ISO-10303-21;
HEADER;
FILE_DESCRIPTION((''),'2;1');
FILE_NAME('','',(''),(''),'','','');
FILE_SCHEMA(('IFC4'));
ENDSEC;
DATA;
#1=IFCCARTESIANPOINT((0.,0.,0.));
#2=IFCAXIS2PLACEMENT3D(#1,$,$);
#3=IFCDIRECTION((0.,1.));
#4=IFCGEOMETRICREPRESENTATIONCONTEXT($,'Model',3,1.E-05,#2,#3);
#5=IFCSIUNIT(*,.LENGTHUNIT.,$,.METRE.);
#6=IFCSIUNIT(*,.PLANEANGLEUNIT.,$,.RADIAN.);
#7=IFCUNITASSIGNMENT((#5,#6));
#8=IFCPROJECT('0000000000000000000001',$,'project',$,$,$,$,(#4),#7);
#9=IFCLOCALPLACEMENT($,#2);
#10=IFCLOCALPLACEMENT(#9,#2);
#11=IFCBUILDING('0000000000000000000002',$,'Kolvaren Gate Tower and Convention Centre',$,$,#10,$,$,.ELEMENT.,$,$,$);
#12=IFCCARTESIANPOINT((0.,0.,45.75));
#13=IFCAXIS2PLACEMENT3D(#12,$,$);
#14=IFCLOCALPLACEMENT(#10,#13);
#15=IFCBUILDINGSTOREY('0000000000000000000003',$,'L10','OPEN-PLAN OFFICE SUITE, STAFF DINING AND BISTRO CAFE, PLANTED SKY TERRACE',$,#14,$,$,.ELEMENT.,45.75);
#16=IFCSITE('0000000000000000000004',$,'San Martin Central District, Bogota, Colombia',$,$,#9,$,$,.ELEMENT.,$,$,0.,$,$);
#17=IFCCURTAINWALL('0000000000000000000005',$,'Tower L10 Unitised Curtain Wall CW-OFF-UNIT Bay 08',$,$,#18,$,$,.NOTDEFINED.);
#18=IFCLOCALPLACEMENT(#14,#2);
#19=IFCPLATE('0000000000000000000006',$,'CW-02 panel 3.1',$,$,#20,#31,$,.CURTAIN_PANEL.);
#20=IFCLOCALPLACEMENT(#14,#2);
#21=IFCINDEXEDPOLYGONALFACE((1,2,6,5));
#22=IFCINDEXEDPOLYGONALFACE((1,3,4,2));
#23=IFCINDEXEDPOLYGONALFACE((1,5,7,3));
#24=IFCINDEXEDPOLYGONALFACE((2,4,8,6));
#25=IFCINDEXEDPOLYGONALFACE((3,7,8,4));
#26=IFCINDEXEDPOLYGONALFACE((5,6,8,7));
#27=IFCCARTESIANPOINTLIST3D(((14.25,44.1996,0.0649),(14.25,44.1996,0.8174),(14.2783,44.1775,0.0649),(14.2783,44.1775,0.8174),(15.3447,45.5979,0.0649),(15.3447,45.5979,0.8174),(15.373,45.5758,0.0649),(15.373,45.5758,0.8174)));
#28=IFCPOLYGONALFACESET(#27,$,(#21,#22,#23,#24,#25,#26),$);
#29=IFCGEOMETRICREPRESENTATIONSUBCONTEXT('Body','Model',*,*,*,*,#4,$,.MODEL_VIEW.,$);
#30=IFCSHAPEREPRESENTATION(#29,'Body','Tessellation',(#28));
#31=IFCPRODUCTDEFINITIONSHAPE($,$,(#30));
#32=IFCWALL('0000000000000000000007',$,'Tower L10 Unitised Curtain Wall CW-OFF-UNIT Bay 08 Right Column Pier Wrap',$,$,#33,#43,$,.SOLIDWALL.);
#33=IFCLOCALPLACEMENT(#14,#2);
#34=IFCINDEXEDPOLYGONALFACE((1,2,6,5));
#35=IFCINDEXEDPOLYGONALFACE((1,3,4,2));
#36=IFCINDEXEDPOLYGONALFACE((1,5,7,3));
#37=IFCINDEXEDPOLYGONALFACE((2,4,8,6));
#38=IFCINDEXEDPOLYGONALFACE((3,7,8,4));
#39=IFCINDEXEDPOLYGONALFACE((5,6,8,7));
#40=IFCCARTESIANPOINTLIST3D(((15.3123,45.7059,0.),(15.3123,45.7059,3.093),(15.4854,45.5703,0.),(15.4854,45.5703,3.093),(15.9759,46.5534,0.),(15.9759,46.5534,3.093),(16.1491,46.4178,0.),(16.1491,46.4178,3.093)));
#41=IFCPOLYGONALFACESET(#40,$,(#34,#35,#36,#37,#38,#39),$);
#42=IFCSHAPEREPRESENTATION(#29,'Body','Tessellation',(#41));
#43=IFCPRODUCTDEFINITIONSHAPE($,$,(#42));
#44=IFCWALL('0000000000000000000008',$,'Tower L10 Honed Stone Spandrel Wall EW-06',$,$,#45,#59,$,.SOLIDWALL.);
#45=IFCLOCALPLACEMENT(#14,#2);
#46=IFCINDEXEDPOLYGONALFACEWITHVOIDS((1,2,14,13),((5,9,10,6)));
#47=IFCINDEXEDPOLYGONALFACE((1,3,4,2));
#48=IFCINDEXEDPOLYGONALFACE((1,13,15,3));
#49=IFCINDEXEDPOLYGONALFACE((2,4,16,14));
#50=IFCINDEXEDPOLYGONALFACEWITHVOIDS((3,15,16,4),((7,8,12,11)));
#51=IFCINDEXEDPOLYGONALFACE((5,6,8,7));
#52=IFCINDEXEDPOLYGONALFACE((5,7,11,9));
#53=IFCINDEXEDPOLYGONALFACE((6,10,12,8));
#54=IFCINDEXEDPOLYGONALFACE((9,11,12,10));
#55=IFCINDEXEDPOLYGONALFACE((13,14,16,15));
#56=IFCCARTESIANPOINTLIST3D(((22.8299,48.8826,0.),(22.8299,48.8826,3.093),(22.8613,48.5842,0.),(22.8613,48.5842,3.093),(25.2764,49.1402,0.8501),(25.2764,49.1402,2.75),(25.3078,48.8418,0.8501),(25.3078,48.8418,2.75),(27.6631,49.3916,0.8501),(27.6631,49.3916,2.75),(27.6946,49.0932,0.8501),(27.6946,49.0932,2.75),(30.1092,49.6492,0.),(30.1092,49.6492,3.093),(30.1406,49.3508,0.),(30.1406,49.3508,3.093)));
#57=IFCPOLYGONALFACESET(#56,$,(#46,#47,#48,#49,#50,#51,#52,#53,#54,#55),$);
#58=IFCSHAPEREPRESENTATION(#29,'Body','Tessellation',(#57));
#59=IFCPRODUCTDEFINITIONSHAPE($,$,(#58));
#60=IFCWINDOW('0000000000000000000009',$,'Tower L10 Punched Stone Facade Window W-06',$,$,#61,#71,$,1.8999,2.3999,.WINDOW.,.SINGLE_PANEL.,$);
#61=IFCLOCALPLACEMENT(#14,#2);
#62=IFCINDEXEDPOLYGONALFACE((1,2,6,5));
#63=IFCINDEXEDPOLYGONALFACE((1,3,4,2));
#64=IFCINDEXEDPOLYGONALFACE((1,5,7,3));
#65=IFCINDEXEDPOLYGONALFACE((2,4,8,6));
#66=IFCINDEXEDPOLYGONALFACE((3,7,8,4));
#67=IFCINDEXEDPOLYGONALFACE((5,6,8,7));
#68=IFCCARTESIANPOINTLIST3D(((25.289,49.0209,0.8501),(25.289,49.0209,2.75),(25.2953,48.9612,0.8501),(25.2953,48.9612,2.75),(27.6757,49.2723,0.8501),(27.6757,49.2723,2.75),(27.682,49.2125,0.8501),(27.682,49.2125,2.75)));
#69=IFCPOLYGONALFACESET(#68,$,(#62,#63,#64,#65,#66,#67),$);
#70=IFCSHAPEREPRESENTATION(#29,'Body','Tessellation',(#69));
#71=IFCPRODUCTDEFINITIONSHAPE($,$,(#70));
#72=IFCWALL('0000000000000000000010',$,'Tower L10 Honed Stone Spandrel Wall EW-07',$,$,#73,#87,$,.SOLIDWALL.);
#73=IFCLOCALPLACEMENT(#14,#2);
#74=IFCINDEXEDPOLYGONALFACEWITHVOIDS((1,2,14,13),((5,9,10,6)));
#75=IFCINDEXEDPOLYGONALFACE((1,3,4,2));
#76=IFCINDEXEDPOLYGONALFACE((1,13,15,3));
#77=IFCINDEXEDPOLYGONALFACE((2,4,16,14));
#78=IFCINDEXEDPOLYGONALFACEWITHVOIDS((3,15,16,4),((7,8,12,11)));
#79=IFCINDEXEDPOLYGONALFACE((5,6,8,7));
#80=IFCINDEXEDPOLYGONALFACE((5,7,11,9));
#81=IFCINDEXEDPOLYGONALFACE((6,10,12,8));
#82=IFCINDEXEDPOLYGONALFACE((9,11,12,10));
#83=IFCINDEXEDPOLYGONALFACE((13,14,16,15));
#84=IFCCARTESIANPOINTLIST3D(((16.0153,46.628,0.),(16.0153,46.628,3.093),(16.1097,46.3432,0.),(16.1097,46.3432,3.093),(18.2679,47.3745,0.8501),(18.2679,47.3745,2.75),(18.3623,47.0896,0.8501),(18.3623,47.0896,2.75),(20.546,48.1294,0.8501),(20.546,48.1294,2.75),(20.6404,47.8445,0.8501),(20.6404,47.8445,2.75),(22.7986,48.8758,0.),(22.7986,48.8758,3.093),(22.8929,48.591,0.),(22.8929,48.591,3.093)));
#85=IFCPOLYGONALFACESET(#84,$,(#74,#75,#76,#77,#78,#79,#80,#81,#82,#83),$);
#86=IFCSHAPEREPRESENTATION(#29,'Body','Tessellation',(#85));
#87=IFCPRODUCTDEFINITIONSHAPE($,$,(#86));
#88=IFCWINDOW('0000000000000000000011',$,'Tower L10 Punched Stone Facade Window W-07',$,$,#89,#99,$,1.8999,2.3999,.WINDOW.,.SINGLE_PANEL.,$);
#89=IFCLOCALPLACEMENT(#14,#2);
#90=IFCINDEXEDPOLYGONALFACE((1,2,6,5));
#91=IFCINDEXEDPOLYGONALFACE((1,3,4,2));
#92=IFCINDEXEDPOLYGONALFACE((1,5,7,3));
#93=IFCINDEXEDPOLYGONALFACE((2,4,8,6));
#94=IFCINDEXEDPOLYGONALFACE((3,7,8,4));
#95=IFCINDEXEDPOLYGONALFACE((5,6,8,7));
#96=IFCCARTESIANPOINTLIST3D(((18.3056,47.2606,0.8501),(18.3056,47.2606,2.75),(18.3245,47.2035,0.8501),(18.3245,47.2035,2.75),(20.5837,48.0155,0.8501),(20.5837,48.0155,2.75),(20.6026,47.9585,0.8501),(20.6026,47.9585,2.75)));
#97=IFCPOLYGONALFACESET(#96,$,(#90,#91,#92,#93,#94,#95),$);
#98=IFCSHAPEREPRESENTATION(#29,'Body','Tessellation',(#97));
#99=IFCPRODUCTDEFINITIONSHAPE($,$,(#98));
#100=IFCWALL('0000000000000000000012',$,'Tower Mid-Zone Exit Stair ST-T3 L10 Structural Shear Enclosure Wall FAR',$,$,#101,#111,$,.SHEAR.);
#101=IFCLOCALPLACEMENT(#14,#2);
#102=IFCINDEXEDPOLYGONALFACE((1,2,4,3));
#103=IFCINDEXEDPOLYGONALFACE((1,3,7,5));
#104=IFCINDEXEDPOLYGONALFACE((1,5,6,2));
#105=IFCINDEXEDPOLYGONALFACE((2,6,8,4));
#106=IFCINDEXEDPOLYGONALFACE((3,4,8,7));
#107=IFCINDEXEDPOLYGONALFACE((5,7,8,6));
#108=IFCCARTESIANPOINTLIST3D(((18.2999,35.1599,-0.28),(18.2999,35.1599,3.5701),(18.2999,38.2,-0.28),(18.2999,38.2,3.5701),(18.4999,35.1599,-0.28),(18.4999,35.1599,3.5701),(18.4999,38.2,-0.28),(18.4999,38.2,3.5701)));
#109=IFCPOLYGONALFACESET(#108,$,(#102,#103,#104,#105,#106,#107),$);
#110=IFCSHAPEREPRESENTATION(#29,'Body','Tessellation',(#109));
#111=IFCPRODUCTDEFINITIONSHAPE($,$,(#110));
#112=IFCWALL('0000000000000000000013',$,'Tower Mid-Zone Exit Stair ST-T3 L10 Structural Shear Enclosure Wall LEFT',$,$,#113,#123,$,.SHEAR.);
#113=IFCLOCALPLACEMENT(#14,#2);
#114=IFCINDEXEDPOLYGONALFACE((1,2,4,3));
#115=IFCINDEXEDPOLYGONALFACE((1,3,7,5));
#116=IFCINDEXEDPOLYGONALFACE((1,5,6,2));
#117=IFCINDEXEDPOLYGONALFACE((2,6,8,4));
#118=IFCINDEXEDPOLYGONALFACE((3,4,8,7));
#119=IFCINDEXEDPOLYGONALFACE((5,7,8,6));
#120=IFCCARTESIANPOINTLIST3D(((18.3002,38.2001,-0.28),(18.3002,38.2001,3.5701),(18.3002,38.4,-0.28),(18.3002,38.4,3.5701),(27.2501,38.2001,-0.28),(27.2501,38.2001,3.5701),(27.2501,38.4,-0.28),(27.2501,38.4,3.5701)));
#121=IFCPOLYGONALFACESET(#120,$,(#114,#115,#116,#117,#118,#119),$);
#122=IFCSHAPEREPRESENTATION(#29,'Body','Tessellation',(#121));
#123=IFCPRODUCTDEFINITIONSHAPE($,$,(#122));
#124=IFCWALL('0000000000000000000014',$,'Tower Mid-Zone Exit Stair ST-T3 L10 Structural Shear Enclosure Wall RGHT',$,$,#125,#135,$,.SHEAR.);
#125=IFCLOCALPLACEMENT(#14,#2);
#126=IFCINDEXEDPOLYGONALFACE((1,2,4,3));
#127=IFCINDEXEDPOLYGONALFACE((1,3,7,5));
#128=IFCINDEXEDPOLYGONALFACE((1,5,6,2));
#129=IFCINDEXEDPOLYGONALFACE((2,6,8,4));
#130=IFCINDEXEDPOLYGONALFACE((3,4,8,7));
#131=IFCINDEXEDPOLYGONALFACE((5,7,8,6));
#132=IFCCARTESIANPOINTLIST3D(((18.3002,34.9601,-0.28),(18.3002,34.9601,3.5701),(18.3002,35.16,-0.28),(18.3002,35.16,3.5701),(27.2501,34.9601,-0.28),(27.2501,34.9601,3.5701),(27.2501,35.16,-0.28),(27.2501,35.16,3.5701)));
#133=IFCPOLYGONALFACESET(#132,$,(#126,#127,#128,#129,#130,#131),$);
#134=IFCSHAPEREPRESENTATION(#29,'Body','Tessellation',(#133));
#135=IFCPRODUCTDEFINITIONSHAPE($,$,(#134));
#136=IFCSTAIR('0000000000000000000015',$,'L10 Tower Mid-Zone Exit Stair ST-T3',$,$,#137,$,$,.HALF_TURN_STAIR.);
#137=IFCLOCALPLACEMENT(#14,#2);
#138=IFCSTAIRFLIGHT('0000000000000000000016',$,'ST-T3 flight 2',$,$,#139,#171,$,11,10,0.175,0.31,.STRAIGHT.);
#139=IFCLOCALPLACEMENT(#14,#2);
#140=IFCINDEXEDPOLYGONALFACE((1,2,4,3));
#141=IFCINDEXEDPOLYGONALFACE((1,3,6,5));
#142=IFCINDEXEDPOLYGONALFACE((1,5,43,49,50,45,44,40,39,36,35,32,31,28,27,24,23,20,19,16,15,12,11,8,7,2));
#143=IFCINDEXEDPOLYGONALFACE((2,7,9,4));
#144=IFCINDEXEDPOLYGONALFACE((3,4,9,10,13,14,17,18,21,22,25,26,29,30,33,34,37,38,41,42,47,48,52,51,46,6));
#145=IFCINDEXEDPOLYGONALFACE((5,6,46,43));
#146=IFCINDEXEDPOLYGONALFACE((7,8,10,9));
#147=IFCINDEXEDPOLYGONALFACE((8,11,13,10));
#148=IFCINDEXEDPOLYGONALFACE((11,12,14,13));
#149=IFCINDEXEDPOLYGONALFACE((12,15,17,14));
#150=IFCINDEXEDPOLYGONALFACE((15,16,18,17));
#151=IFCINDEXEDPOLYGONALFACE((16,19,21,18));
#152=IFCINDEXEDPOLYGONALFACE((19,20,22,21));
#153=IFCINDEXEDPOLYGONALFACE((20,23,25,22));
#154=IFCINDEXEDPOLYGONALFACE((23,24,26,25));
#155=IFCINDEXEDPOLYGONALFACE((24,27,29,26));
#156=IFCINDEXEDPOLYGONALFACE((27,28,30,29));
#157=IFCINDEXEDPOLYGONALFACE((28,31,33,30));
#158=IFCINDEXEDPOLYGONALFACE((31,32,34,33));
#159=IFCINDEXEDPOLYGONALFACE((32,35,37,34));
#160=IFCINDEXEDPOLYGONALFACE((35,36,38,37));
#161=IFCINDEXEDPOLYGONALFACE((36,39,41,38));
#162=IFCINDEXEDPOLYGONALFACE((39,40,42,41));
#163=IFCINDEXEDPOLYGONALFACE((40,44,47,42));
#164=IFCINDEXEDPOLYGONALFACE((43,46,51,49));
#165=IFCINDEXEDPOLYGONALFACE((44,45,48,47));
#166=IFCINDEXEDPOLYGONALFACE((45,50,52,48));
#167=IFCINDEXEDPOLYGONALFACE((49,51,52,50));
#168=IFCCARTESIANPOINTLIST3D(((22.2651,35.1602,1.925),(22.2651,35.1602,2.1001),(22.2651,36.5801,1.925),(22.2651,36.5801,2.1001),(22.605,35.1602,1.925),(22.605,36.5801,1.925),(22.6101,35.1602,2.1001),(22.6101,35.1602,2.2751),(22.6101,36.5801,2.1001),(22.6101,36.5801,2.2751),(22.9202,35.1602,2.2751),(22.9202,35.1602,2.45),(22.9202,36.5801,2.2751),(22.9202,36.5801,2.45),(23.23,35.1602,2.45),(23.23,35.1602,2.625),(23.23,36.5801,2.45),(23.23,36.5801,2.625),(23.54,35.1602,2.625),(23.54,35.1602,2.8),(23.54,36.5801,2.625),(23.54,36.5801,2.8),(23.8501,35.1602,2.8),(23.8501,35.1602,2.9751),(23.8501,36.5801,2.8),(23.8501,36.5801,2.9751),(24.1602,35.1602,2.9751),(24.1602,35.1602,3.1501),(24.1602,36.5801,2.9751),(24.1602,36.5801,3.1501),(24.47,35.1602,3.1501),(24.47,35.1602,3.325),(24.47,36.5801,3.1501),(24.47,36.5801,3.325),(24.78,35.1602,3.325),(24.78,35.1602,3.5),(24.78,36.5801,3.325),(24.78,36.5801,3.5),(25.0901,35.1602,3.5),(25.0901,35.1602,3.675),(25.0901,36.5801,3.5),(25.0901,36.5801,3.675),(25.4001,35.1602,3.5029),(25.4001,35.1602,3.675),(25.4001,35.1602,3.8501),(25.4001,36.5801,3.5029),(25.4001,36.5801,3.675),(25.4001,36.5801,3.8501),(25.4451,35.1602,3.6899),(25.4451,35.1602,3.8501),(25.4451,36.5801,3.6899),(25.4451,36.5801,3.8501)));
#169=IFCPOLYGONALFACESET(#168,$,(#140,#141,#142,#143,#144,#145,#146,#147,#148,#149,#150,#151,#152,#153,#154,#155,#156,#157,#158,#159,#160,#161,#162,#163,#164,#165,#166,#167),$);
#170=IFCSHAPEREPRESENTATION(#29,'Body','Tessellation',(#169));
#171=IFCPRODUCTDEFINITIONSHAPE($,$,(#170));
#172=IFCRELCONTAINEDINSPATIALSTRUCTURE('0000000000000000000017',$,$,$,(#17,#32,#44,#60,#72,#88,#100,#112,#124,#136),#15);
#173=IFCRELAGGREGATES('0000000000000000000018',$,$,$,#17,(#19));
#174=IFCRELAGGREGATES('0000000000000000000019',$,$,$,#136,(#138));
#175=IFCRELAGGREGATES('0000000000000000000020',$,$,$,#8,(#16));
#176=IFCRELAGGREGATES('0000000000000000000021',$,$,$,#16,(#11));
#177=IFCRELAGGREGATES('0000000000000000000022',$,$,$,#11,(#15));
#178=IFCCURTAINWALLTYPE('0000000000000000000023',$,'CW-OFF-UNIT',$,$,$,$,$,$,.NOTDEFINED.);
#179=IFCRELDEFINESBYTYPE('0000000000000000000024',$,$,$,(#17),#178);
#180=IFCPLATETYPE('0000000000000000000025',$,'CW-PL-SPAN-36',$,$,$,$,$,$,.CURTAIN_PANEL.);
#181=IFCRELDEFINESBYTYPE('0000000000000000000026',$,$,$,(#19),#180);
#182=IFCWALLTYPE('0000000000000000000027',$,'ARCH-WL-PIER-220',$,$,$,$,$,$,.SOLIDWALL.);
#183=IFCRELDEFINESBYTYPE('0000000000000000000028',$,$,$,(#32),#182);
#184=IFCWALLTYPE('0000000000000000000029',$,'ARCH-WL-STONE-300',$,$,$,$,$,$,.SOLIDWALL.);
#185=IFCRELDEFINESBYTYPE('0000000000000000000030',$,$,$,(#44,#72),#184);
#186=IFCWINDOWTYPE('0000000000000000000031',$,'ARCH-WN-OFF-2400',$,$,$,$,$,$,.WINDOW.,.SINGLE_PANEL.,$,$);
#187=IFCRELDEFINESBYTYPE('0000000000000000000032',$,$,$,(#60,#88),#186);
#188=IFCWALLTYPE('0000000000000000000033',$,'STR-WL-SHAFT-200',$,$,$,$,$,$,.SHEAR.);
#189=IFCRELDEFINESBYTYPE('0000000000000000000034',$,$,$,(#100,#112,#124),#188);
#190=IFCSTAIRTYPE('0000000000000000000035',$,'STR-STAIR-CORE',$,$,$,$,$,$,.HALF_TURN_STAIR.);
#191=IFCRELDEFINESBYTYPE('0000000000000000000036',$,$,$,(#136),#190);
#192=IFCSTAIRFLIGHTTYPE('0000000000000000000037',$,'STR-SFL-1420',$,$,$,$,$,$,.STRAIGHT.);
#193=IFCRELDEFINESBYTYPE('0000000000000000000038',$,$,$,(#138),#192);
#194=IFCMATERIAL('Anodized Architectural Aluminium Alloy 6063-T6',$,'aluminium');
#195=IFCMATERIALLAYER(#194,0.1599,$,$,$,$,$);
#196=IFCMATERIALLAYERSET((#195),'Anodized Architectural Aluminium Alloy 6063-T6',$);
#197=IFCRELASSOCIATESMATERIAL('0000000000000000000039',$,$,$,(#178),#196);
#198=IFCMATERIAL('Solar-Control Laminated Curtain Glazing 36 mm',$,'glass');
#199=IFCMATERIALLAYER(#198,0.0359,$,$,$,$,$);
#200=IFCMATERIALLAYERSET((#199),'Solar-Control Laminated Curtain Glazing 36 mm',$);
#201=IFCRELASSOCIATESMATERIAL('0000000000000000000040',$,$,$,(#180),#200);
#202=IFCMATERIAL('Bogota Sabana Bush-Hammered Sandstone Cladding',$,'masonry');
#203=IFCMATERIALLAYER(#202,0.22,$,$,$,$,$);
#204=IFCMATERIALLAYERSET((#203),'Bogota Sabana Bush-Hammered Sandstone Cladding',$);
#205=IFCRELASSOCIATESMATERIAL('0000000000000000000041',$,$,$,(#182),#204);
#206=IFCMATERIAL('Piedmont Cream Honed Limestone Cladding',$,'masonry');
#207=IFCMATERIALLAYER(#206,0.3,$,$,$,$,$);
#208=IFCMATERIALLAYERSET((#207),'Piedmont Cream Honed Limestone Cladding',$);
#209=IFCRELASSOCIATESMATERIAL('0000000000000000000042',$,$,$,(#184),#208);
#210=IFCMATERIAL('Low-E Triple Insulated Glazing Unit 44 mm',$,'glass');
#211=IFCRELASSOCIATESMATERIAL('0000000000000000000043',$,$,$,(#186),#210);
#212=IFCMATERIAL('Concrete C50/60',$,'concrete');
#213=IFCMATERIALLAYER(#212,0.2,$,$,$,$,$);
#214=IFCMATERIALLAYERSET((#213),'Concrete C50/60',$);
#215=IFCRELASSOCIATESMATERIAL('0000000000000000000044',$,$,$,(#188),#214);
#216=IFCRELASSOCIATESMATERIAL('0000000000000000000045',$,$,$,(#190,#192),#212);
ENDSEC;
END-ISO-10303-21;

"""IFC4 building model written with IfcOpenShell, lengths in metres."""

from ifc_helpers import new_model, si_unit, direction, frame, frame_2d, origin, origin_2d, place, context, subcontext, project, spatial, polyline, rectangle, outline, extrude, material, layer, layer_set, type_object, element, fill, aggregate, save


model = new_model("IFC4")

# Units and contexts
model_context = context("Model", 3, precision=1e-05, world=origin(), true_north=direction((0.0, 1.0)))
body_context = subcontext(model_context, "Body", "Model", "MODEL_VIEW")
ifc_project = project(units=[si_unit("LENGTHUNIT", "METRE"), si_unit("PLANEANGLEUNIT", "RADIAN")], contexts=[model_context])

# Site, building, storey
site_placement = place(None, origin())
site = spatial("IfcSite", under=ifc_project, at=site_placement, Name="San Martin Central District, Bogota, Colombia", CompositionType="ELEMENT", RefElevation=0.0)
building_placement = place(site_placement, origin())
building = spatial("IfcBuilding", under=site, at=building_placement, Name="Kolvaren Gate Tower and Convention Centre", CompositionType="ELEMENT")
storey_placement = place(building_placement, frame((0.0, 0.0, 45.75)))
storey = spatial("IfcBuildingStorey", under=building, at=storey_placement, Name="L10", Description="OPEN-PLAN OFFICE SUITE, STAFF DINING AND BISTRO CAFE, PLANTED SKY TERRACE", CompositionType="ELEMENT", Elevation=45.75)

# Curtain wall
ifc_material_1 = material(Name="Anodized Architectural Aluminium Alloy 6063-T6", Category="aluminium")
ifc_layer_1 = layer(ifc_material_1, 0.1599)
ifc_layer_set_1 = layer_set([ifc_layer_1], Name="Anodized Architectural Aluminium Alloy 6063-T6")
curtain_wall_type = type_object("IfcCurtainWallType", Name="CW-OFF-UNIT", PredefinedType="NOTDEFINED", material=ifc_layer_set_1)
curtain_wall_placement = place(storey_placement, origin())
curtain_wall = element("IfcCurtainWall", 1, at=curtain_wall_placement, inside=storey, type_object=curtain_wall_type, Name="Tower L10 Unitised Curtain Wall CW-OFF-UNIT Bay 08", PredefinedType="NOTDEFINED")

# Plate
ifc_material_2 = material(Name="Low-E Triple Insulated Glazing Unit 44 mm", Category="glass")
ifc_material_3 = material(Name="Solar-Control Laminated Curtain Glazing 36 mm", Category="glass")
ifc_layer_2 = layer(ifc_material_3, 0.0359)
ifc_layer_set_2 = layer_set([ifc_layer_2], Name="Solar-Control Laminated Curtain Glazing 36 mm")
plate_type_1 = type_object("IfcPlateType", Name="CW-PL-SPAN-36", PredefinedType="CURTAIN_PANEL", material=ifc_layer_set_2)
plate_1_placement = place(storey_placement, frame((14.8115, 44.8877, 0.0649), z_axis=(0.0, 0.0, 1.0), x_axis=(0.616421, 0.787417, 0.0)))
plate_1 = element("IfcPlate", 2, at=plate_1_placement, type_object=plate_type_1, Name="CW-02 panel 3.1", PredefinedType="CURTAIN_PANEL", context=body_context, shape_type="SweptSolid", body=[
    extrude(rectangle(XDim=1.7759, YDim=0.0359, at=origin_2d()), origin(), (0.0, 0.0, 1.0), 0.7524),
])
aggregate(curtain_wall, [plate_1])

# Wall
ifc_material_4 = material(Name="Bogota Sabana Bush-Hammered Sandstone Cladding", Category="masonry")
ifc_layer_3 = layer(ifc_material_4, 0.22)
ifc_layer_set_3 = layer_set([ifc_layer_3], Name="Bogota Sabana Bush-Hammered Sandstone Cladding")
wall_type_1 = type_object("IfcWallType", Name="ARCH-WL-PIER-220", PredefinedType="SOLIDWALL", material=ifc_layer_set_3)
wall_1_placement = place(storey_placement, frame((15.3989, 45.6382, 0.0), z_axis=(0.0, 0.0, 1.0), x_axis=(0.616528, 0.787333, 0.0)))
element("IfcWall", 3, at=wall_1_placement, inside=storey, type_object=wall_type_1, Name="Tower L10 Unitised Curtain Wall CW-OFF-UNIT Bay 08 Right Column Pier Wrap", PredefinedType="SOLIDWALL", context=body_context, shape_type="SweptSolid", body=[
    extrude(rectangle(XDim=1.0764, YDim=0.22, at=frame_2d((0.5381, 0.0))), origin(), (0.0, 0.0, 1.0), 3.093),
])

# Walls, openings, windows
ifc_material_5 = material(Name="Piedmont Cream Honed Limestone Cladding", Category="masonry")
ifc_layer_4 = layer(ifc_material_5, 0.3)
ifc_layer_set_4 = layer_set([ifc_layer_4], Name="Piedmont Cream Honed Limestone Cladding")
wall_type_2 = type_object("IfcWallType", Name="ARCH-WL-STONE-300", PredefinedType="SOLIDWALL", material=ifc_layer_set_4)
wall_2_placement = place(storey_placement, frame((22.8457, 48.7334, 0.0), z_axis=(0.0, 0.0, 1.0), x_axis=(0.9945, 0.104733, 0.0)))
wall_2 = element("IfcWall", 4, at=wall_2_placement, inside=storey, type_object=wall_type_2, Name="Tower L10 Honed Stone Spandrel Wall EW-06", PredefinedType="SOLIDWALL", context=body_context, shape_type="SweptSolid", body=[
    extrude(rectangle(XDim=7.3196, YDim=0.3, at=frame_2d((3.6597, 0.0))), origin(), (0.0, 0.0, 1.0), 3.093),
])
opening_1_placement = place(wall_2_placement, frame((2.46, 0.0, 0.8501)))
opening_1 = element("IfcOpeningElement", 5, at=opening_1_placement, cuts=wall_2, PredefinedType="OPENING", context=body_context, shape_type="SweptSolid", body=[
    extrude(rectangle(XDim=2.3999, YDim=1.8999, at=frame_2d((1.2, 0.95))), frame((0.0, 0.1599, 0.0), z_axis=(0.0, -1.0, 0.0), x_axis=(1.0, 0.0, 0.0)), (0.0, 0.0, 1.0), 0.3201),
])
window_type = type_object("IfcWindowType", Name="ARCH-WN-OFF-2400", PartitioningType="SINGLE_PANEL", PredefinedType="WINDOW", material=ifc_material_2)
window_1_placement = place(opening_1_placement, origin())
window_1 = element("IfcWindow", 6, at=window_1_placement, inside=storey, type_object=window_type, Name="Tower L10 Punched Stone Facade Window W-06", OverallHeight=1.8999, OverallWidth=2.3999, PartitioningType="SINGLE_PANEL", PredefinedType="WINDOW", context=body_context, shape_type="SweptSolid", body=[
    extrude(rectangle(XDim=2.3999, YDim=1.8999, at=frame_2d((1.2, 0.95))), frame((0.0, 0.03, 0.0), z_axis=(0.0, -1.0, 0.0), x_axis=(1.0, 0.0, 0.0)), (0.0, 0.0, 1.0), 0.0601),
])
fill(opening_1, window_1)
wall_3_placement = place(storey_placement, frame((16.0625, 46.4856, 0.0), z_axis=(0.0, 0.0, 1.0), x_axis=(0.949239, 0.314557, 0.0)))
wall_3 = element("IfcWall", 7, at=wall_3_placement, inside=storey, type_object=wall_type_2, Name="Tower L10 Honed Stone Spandrel Wall EW-07", PredefinedType="SOLIDWALL", context=body_context, shape_type="SweptSolid", body=[
    extrude(rectangle(XDim=7.146, YDim=0.3, at=frame_2d((3.573, 0.0))), origin(), (0.0, 0.0, 1.0), 3.093),
])
opening_2_placement = place(wall_3_placement, frame((2.373, 0.0, 0.8501)))
opening_2 = element("IfcOpeningElement", 8, at=opening_2_placement, cuts=wall_3, PredefinedType="OPENING", context=body_context, shape_type="SweptSolid", body=[
    extrude(rectangle(XDim=2.3999, YDim=1.8999, at=frame_2d((1.2, 0.95))), frame((0.0, 0.1599, 0.0), z_axis=(0.0, -1.0, 0.0), x_axis=(1.0, 0.0, 0.0)), (0.0, 0.0, 1.0), 0.3201),
])
window_2_placement = place(opening_2_placement, origin())
window_2 = element("IfcWindow", 9, at=window_2_placement, inside=storey, type_object=window_type, Name="Tower L10 Punched Stone Facade Window W-07", OverallHeight=1.8999, OverallWidth=2.3999, PartitioningType="SINGLE_PANEL", PredefinedType="WINDOW", context=body_context, shape_type="SweptSolid", body=[
    extrude(rectangle(XDim=2.3999, YDim=1.8999, at=frame_2d((1.2, 0.95))), frame((0.0, 0.03, 0.0), z_axis=(0.0, -1.0, 0.0), x_axis=(1.0, 0.0, 0.0)), (0.0, 0.0, 1.0), 0.0601),
])
fill(opening_2, window_2)

# Walls
ifc_material_6 = material(Name="Concrete C50/60", Category="concrete")
ifc_layer_5 = layer(ifc_material_6, 0.2)
ifc_layer_set_5 = layer_set([ifc_layer_5], Name="Concrete C50/60")
wall_type_3 = type_object("IfcWallType", Name="STR-WL-SHAFT-200", PredefinedType="SHEAR", material=ifc_layer_set_5)
wall_4_placement = place(storey_placement, frame((18.3999, 35.1599, -0.28), z_axis=(0.0, 0.0, 1.0), x_axis=(0.0, 1.0, 0.0)))
element("IfcWall", 10, at=wall_4_placement, inside=storey, type_object=wall_type_3, Name="Tower Mid-Zone Exit Stair ST-T3 L10 Structural Shear Enclosure Wall FAR", PredefinedType="SHEAR", context=body_context, shape_type="SweptSolid", body=[
    extrude(rectangle(XDim=3.04, YDim=0.2, at=frame_2d((1.52, 0.0))), origin(), (0.0, 0.0, 1.0), 3.8501),
])
for number, where, z_axis, x_axis, name in (
    (11, (18.3, 38.3, -0.28), (0.0, 0.0, 1.0), (1.0, 0.0, 0.0), "Tower Mid-Zone Exit Stair ST-T3 L10 Structural Shear Enclosure Wall LEFT"),
    (12, (18.3, 35.0601, -0.28), (0.0, 0.0, 1.0), (1.0, 0.0, 0.0), "Tower Mid-Zone Exit Stair ST-T3 L10 Structural Shear Enclosure Wall RGHT"),
):
    element("IfcWall", number, at=place(storey_placement, frame(where, z_axis=z_axis, x_axis=x_axis)), inside=storey, type_object=wall_type_3, Name=name, PredefinedType="SHEAR", context=body_context, shape_type="SweptSolid", body=[
        extrude(rectangle(XDim=8.95, YDim=0.2, at=frame_2d((4.4751, 0.0))), origin(), (0.0, 0.0, 1.0), 3.8501),
    ])

# Stair, stair flight
stair_type = type_object("IfcStairType", Name="STR-STAIR-CORE", PredefinedType="HALF_TURN_STAIR", material=ifc_material_6)
stair_placement = place(storey_placement, origin())
stair = element("IfcStair", 13, at=stair_placement, inside=storey, type_object=stair_type, Name="L10 Tower Mid-Zone Exit Stair ST-T3", PredefinedType="HALF_TURN_STAIR")
stair_flight_type = type_object("IfcStairFlightType", Name="STR-SFL-1420", PredefinedType="STRAIGHT", material=ifc_material_6)
stair_flight_placement = place(storey_placement, frame((22.3, 35.8701, 1.925), z_axis=(0.0, 0.0, 1.0), x_axis=(1.0, 0.0, 0.0)))
stair_flight = element("IfcStairFlight", 14, at=stair_flight_placement, type_object=stair_flight_type, Name="ST-T3 flight 2", NumberOfRisers=11, NumberOfTreads=10, PredefinedType="STRAIGHT", RiserHeight=0.175, TreadLength=0.31, context=body_context, shape_type="SweptSolid", body=[
    extrude(outline(polyline([(-0.0349, 0.0), (-0.0349, 0.175), (0.3101, 0.175), (0.3101, 0.3501), (0.6201, 0.3501), (0.6201, 0.5249), (0.9299, 0.5249), (0.9299, 0.7), (1.24, 0.7), (1.24, 0.875), (1.55, 0.875), (1.55, 1.05), (1.8601, 1.05), (1.8601, 1.2251), (2.1699, 1.2251), (2.1699, 1.3999), (2.48, 1.3999), (2.48, 1.575), (2.79, 1.575), (2.79, 1.75), (3.1001, 1.75), (3.1001, 1.925), (3.145, 1.925), (3.145, 1.7649), (3.1001, 1.5779), (0.3049, 0.0), (-0.0349, 0.0)])), frame((0.0, 0.71, 0.0), z_axis=(0.0, -1.0, 0.0), x_axis=(1.0, 0.0, 0.0)), (0.0, 0.0, 1.0), 1.4199),
])
aggregate(stair, [stair_flight])

save(model, "model.ifc")
